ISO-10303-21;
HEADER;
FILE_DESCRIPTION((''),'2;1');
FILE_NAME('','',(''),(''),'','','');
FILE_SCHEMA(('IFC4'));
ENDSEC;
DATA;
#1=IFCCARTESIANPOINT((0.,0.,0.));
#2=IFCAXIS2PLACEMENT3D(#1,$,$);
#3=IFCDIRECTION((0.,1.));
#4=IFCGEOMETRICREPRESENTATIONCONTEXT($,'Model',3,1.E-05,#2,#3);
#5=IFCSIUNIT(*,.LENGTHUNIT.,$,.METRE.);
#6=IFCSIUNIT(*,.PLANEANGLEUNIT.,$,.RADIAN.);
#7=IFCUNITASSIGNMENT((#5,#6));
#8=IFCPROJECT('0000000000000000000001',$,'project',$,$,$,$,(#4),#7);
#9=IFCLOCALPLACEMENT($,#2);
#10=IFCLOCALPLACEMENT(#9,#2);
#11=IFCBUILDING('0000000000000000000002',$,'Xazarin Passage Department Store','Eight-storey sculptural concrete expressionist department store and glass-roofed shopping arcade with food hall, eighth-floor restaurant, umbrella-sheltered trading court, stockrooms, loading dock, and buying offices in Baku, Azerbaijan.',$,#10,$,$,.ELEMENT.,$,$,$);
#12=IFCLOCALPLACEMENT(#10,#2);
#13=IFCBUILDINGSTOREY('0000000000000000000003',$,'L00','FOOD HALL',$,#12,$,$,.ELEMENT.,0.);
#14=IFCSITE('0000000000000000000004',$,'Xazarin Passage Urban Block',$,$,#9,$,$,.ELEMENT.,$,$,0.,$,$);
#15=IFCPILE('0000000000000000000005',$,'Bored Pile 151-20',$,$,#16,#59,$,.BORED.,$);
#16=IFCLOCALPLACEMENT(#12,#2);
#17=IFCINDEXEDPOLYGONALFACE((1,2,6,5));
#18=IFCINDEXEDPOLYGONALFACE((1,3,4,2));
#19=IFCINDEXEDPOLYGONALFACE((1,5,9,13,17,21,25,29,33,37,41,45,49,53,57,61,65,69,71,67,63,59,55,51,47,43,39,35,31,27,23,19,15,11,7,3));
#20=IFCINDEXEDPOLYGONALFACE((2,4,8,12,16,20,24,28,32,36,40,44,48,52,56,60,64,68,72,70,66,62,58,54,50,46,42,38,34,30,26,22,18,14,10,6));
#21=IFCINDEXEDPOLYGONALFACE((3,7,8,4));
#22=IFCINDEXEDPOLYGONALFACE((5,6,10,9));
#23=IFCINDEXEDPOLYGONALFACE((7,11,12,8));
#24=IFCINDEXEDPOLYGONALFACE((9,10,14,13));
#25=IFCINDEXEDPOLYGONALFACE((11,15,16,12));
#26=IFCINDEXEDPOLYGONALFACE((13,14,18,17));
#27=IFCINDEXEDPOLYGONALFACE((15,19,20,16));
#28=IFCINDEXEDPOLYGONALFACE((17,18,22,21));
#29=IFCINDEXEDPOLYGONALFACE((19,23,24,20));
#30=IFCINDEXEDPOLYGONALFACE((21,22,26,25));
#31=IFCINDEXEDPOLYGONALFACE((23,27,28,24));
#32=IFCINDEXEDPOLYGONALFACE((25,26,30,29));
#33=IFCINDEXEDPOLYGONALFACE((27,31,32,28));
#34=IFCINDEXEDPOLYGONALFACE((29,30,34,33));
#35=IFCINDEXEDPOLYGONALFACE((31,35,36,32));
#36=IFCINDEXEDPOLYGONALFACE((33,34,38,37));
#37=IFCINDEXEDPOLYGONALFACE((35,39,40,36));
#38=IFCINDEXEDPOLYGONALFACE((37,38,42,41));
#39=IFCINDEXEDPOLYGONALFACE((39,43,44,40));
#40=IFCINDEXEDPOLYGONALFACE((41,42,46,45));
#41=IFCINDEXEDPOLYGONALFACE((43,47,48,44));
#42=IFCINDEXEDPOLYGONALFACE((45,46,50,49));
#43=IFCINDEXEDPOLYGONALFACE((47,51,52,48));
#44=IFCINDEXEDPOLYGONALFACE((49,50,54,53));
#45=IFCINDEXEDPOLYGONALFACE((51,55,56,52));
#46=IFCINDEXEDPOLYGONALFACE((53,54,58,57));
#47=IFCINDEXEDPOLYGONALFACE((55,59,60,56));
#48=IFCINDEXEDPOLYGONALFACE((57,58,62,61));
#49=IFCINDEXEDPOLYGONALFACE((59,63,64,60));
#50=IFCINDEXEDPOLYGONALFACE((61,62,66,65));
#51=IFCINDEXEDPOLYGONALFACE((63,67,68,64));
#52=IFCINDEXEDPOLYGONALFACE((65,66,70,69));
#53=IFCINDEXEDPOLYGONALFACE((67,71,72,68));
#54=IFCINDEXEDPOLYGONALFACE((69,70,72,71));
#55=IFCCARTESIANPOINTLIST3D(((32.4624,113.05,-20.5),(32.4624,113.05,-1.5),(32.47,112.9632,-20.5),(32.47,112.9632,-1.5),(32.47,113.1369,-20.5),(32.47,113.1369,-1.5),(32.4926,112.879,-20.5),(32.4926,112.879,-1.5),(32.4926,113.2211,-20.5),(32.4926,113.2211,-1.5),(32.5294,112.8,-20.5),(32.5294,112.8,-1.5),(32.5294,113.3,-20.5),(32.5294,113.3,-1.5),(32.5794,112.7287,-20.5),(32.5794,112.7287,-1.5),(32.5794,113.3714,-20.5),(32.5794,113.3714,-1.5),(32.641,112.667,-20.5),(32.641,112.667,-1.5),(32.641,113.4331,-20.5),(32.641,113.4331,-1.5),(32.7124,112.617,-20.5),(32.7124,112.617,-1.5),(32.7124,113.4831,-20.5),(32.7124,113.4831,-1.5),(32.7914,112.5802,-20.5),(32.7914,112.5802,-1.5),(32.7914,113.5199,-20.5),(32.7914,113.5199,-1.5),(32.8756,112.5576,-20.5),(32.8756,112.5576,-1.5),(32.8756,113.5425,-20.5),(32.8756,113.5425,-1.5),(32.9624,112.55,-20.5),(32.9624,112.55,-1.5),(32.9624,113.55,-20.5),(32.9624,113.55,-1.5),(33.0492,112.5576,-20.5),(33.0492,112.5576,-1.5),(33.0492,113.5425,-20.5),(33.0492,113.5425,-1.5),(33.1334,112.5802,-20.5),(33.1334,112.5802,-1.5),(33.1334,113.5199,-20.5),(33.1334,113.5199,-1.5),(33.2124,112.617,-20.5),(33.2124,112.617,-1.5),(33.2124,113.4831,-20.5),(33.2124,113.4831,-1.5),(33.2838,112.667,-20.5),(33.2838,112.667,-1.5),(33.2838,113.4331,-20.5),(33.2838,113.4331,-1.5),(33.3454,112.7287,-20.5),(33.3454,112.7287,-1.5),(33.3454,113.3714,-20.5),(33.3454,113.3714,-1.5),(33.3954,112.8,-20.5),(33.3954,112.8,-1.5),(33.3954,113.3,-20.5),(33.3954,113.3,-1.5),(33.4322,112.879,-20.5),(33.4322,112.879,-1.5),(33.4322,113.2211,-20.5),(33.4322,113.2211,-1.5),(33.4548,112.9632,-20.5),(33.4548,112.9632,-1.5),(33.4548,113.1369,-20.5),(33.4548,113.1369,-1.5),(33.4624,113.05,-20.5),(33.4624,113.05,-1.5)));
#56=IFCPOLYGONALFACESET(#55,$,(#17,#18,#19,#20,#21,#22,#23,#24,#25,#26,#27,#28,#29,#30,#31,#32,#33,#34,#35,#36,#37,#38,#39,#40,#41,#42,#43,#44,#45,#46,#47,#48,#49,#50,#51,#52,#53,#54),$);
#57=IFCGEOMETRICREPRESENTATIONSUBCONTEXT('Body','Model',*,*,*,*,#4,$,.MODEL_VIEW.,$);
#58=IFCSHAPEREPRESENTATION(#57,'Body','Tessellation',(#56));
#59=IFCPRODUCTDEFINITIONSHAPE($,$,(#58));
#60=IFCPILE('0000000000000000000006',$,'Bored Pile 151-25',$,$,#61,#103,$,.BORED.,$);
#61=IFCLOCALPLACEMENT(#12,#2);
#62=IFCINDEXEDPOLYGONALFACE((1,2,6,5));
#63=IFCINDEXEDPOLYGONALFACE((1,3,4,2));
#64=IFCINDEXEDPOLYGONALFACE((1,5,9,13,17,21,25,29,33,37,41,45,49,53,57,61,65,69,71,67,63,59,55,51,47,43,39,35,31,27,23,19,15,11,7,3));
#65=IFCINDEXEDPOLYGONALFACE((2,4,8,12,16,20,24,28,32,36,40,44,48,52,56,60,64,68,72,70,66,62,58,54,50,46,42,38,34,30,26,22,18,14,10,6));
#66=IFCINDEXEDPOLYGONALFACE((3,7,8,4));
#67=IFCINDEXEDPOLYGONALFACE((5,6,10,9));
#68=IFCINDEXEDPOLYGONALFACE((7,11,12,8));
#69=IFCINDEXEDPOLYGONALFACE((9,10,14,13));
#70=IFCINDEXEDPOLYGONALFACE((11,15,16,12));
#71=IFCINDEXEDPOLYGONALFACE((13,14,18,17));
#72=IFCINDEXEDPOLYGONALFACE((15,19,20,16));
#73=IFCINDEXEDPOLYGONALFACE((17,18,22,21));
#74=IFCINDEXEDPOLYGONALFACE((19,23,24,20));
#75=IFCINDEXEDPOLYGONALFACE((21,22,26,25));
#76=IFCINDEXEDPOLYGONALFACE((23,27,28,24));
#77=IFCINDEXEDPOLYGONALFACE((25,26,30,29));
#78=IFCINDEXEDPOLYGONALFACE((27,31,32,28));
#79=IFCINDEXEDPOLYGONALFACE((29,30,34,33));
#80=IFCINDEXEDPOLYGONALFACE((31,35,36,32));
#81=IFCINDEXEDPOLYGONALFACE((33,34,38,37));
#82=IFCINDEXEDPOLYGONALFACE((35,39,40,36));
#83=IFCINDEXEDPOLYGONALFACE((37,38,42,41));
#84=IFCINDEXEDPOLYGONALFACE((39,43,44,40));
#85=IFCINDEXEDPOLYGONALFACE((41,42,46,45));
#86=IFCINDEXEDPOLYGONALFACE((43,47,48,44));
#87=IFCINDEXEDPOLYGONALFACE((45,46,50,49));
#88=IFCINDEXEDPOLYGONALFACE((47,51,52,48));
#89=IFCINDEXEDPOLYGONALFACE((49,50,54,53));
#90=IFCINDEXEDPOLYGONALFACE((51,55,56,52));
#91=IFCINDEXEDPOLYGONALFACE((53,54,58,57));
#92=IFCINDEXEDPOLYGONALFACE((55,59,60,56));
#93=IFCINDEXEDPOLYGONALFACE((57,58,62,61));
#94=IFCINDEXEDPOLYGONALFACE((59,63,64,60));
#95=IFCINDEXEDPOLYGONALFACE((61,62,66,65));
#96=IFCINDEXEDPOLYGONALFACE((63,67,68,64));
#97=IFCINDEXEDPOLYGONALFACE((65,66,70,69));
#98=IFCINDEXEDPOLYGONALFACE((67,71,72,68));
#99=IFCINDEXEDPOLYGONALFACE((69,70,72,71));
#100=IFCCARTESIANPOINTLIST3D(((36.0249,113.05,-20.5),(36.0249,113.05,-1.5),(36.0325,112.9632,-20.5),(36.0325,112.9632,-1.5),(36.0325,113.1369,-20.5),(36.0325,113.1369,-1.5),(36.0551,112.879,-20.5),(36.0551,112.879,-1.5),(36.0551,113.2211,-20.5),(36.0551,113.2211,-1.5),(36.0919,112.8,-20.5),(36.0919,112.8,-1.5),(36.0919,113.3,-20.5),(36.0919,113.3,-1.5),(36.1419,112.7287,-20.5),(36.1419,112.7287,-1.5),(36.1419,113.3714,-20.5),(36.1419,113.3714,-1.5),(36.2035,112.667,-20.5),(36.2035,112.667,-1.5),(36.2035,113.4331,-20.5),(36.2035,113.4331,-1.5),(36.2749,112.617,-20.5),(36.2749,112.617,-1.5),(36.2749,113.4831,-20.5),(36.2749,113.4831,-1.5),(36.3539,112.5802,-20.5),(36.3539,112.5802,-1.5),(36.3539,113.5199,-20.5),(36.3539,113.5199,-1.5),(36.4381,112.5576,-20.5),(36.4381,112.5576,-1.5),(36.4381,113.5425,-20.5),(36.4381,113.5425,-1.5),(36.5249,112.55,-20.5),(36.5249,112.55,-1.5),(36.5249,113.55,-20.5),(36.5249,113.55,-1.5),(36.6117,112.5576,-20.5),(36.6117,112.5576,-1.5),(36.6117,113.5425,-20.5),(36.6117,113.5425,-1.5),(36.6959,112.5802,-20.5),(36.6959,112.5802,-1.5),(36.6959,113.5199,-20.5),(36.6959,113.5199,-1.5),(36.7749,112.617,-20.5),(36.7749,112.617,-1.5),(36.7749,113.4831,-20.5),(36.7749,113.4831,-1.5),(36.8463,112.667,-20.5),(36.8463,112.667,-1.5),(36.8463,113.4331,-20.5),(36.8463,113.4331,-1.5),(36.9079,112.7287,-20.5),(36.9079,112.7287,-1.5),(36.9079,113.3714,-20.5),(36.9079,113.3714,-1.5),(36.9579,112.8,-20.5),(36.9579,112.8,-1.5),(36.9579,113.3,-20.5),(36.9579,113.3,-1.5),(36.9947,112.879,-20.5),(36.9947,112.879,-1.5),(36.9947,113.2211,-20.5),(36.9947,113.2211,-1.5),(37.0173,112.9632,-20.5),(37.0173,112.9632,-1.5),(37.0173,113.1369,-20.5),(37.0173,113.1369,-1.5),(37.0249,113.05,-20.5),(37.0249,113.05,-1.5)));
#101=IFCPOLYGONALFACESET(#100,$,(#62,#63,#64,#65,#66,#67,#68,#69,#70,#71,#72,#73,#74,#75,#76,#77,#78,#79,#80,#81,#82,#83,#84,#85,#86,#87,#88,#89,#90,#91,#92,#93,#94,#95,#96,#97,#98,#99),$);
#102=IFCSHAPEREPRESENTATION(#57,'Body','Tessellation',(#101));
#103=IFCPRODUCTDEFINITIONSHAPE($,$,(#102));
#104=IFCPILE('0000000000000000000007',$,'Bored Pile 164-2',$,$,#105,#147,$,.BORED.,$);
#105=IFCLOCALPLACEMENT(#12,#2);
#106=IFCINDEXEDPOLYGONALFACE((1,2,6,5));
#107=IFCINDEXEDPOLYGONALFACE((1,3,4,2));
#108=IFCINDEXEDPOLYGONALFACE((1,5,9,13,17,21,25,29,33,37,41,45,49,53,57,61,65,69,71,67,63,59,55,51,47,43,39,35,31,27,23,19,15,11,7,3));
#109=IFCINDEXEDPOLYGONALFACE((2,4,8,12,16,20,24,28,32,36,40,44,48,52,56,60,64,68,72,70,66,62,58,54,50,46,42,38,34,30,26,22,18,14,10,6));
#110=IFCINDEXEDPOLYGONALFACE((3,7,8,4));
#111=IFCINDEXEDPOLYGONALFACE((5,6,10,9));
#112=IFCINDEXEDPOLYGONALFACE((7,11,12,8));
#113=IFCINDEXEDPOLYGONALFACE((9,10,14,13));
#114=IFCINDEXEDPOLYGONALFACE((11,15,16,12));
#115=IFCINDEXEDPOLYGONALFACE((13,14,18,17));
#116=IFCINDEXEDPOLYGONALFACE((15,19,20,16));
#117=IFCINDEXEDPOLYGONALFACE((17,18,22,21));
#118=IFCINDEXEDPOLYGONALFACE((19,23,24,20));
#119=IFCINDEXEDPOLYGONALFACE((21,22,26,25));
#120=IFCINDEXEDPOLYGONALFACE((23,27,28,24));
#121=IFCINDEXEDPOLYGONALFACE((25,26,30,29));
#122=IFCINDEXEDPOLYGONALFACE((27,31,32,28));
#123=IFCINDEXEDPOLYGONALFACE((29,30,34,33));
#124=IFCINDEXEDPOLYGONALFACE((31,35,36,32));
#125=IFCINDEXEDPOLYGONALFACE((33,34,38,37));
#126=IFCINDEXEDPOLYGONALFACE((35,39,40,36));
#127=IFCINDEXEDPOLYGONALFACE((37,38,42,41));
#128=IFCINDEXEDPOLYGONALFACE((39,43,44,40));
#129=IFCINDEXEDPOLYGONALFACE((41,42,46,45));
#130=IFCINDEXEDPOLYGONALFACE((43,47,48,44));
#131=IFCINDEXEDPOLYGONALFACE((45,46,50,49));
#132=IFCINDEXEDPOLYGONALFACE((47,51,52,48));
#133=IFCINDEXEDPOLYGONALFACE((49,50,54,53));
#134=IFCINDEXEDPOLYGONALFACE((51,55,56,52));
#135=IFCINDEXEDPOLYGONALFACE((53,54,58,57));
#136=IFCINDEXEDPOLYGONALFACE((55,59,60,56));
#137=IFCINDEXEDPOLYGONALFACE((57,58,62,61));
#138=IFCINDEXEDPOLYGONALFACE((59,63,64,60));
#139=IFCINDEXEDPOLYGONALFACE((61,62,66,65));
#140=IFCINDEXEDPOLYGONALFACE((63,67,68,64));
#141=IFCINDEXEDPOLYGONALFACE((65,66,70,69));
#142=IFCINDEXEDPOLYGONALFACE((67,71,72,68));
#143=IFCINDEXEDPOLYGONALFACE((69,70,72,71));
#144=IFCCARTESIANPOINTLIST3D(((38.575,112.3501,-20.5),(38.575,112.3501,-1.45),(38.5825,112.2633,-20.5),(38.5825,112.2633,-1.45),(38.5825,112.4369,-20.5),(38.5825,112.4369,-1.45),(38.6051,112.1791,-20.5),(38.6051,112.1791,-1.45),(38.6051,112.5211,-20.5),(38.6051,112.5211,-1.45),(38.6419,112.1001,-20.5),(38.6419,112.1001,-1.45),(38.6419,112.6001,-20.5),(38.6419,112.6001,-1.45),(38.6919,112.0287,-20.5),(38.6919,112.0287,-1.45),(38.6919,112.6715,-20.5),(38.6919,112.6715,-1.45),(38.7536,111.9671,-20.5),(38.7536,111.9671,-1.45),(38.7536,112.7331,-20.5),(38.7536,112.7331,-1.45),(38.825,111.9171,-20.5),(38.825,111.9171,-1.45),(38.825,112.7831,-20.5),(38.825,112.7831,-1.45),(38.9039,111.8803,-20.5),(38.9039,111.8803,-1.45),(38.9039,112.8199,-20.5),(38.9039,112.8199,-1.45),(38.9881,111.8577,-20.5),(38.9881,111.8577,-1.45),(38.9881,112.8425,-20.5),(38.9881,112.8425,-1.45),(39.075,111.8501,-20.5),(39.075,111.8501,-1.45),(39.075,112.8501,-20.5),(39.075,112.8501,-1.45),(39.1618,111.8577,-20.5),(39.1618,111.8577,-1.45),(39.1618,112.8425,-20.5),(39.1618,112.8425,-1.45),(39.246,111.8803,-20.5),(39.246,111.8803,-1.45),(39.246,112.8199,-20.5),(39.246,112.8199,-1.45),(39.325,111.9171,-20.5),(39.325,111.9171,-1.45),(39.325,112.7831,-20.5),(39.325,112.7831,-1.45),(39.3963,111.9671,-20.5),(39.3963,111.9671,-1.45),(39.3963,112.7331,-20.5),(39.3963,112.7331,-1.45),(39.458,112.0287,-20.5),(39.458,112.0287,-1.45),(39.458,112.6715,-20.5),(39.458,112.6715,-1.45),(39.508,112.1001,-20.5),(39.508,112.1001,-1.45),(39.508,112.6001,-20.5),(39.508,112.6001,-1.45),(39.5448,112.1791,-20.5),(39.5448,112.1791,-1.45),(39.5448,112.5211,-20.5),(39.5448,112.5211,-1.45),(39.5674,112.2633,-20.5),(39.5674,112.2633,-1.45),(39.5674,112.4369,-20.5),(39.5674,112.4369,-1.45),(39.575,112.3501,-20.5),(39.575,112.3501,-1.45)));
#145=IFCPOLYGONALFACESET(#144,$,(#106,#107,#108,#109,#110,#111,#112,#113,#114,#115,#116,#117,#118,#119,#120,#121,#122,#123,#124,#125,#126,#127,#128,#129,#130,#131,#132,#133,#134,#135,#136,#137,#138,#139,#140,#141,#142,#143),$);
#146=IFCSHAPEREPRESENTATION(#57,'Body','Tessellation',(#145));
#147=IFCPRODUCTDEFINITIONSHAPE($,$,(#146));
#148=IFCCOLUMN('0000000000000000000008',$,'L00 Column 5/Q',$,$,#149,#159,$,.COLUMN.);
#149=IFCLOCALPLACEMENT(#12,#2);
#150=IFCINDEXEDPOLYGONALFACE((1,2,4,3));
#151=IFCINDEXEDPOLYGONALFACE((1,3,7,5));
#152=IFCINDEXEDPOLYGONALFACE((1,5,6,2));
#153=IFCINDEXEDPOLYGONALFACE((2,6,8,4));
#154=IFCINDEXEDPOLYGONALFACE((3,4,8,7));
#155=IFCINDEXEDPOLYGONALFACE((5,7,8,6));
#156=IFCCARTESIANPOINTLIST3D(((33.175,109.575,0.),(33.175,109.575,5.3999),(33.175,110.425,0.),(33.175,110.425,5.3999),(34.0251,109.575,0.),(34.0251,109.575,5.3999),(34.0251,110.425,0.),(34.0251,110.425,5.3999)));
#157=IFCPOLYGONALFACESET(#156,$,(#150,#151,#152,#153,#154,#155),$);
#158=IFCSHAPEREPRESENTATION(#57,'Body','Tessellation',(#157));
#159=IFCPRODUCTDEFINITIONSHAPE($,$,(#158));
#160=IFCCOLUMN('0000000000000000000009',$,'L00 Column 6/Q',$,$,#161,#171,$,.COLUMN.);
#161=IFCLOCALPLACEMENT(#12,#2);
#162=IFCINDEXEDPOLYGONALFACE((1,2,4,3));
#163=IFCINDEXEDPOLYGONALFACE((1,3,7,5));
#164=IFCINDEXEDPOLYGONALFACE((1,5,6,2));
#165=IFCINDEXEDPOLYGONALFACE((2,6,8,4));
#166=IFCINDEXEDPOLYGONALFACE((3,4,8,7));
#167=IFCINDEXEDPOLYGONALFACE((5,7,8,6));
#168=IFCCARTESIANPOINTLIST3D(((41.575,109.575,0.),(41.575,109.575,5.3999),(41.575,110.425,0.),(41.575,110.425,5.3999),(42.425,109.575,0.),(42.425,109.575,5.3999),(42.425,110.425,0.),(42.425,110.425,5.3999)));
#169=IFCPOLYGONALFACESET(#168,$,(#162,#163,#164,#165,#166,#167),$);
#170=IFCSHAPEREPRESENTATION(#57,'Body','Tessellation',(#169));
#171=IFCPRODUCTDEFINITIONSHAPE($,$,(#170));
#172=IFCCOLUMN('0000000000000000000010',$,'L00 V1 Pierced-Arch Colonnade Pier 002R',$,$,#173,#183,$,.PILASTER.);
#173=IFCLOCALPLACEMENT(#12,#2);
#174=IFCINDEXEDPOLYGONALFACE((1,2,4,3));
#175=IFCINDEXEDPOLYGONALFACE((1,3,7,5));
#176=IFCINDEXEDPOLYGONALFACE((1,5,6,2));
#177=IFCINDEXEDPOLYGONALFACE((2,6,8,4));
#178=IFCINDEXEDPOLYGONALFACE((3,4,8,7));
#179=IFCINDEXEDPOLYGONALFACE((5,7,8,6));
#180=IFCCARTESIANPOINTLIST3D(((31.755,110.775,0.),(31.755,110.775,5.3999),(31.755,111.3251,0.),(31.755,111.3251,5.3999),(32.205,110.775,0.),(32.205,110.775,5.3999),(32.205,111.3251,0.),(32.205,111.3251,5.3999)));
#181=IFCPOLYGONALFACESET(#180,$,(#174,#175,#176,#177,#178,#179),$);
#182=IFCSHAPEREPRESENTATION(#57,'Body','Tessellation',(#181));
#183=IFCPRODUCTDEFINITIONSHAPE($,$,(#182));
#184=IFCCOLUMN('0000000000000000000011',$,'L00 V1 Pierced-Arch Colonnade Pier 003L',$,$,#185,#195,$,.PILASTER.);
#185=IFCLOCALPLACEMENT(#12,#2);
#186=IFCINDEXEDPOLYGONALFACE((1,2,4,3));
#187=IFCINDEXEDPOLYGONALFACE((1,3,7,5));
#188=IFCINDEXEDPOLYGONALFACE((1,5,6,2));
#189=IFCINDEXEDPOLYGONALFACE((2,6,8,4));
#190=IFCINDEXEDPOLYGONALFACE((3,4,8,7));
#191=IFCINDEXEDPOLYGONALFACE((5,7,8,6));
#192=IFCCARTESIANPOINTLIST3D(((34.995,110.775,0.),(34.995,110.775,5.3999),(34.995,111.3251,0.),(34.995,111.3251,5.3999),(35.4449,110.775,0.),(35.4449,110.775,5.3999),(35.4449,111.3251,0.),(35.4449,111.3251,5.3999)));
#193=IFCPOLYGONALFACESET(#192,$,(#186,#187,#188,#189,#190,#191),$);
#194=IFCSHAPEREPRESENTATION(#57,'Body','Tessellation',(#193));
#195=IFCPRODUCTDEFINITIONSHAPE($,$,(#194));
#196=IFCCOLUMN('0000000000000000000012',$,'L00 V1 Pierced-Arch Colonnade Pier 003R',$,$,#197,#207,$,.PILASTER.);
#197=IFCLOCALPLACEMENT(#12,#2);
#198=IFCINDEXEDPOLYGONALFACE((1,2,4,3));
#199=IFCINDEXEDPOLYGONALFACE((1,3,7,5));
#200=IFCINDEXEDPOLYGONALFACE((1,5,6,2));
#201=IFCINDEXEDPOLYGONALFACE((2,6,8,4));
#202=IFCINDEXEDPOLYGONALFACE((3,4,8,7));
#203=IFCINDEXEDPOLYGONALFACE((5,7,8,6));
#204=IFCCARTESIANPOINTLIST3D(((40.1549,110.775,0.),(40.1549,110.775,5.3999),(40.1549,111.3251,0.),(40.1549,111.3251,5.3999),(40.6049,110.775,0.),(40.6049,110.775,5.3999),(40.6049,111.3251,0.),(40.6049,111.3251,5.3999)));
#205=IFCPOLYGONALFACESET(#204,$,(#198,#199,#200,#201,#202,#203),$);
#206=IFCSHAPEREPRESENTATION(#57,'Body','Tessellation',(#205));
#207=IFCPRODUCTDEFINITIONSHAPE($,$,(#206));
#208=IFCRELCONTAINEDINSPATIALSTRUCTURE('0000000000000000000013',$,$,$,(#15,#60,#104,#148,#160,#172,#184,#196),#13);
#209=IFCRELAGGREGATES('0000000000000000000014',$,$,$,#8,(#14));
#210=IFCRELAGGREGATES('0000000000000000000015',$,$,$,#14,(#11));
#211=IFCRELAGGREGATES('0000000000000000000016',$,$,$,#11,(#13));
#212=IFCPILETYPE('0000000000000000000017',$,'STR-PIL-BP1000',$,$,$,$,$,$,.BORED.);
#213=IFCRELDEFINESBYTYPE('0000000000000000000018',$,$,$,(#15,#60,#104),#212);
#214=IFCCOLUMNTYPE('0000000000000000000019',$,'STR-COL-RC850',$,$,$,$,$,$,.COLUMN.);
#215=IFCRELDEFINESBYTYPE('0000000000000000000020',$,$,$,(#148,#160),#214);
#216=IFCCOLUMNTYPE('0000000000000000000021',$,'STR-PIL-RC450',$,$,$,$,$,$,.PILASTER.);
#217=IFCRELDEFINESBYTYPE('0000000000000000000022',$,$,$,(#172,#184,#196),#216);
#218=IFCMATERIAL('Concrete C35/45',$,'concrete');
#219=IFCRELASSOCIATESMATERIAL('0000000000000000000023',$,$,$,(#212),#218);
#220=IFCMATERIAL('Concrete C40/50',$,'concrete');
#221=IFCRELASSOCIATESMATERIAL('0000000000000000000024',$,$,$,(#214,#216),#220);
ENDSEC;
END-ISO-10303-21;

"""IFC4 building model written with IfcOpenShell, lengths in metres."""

from ifc_helpers import new_model, si_unit, direction, frame, origin, origin_2d, place, context, subcontext, project, spatial, rectangle, circle, extrude, material, material_profile, profile_set, type_object, element, save


model = new_model("IFC4")

# Units and contexts
model_context = context("Model", 3, precision=1e-05, world=origin(), true_north=direction((0.0, 1.0)))
body_context = subcontext(model_context, "Body", "Model", "MODEL_VIEW")
ifc_project = project(units=[si_unit("LENGTHUNIT", "METRE"), si_unit("PLANEANGLEUNIT", "RADIAN")], contexts=[model_context])

# Site, building, storey
site_placement = place(None, origin())
site = spatial("IfcSite", under=ifc_project, at=site_placement, Name="Xazarin Passage Urban Block", CompositionType="ELEMENT", RefElevation=0.0)
building_placement = place(site_placement, origin())
building = spatial("IfcBuilding", under=site, at=building_placement, Name="Xazarin Passage Department Store", Description="Eight-storey sculptural concrete expressionist department store and glass-roofed shopping arcade with food hall, eighth-floor restaurant, umbrella-sheltered trading court, stockrooms, loading dock, and buying offices in Baku, Azerbaijan.", CompositionType="ELEMENT")
storey_placement = place(building_placement, origin())
storey = spatial("IfcBuildingStorey", under=building, at=storey_placement, Name="L00", Description="FOOD HALL", CompositionType="ELEMENT", Elevation=0.0)

# Piles
ifc_material_1 = material(Name="Concrete C35/45", Category="concrete")
ifc_material_profile_1 = material_profile(ifc_material_1, circle(Radius=0.5, at=origin_2d()), Name="BP 1000")
ifc_profile_set_1 = profile_set([ifc_material_profile_1], Name="Concrete C35/45")
pile_type = type_object("IfcPileType", Name="STR-PIL-BP1000", PredefinedType="BORED", material=ifc_profile_set_1)
for number, where, z_axis, x_axis, name in (
    (1, (32.9624, 113.05, -1.5), (0.0, 0.0, -1.0), (1.0, 0.0, 0.0), "Bored Pile 151-20"),
    (2, (36.5249, 113.05, -1.5), (0.0, 0.0, -1.0), (1.0, 0.0, 0.0), "Bored Pile 151-25"),
):
    element("IfcPile", number, at=place(storey_placement, frame(where, z_axis=z_axis, x_axis=x_axis)), inside=storey, type_object=pile_type, Name=name, PredefinedType="BORED", context=body_context, shape_type="SweptSolid", body=[
        extrude(circle(Radius=0.5, at=origin_2d()), origin(), (0.0, 0.0, 1.0), 19.0),
    ])
pile_placement = place(storey_placement, frame((39.075, 112.3501, -1.45), z_axis=(0.0, 0.0, -1.0), x_axis=(1.0, 0.0, 0.0)))
element("IfcPile", 3, at=pile_placement, inside=storey, type_object=pile_type, Name="Bored Pile 164-2", PredefinedType="BORED", context=body_context, shape_type="SweptSolid", body=[
    extrude(circle(Radius=0.5, at=origin_2d()), origin(), (0.0, 0.0, 1.0), 19.05),
])

# Columns
ifc_material_2 = material(Name="Concrete C40/50", Category="concrete")
ifc_material_profile_2 = material_profile(ifc_material_2, rectangle(XDim=0.8501, YDim=0.8501, at=origin_2d()), Name="RC 850x850")
ifc_profile_set_2 = profile_set([ifc_material_profile_2], Name="Concrete C40/50")
column_type_1 = type_object("IfcColumnType", Name="STR-COL-RC850", PredefinedType="COLUMN", material=ifc_profile_set_2)
for number, where, z_axis, x_axis, name in (
    (4, (33.6001, 110.0, 0.0), (0.0, 0.0, 1.0), (1.0, 0.0, 0.0), "L00 Column 5/Q"),
    (5, (42.0, 110.0, 0.0), (0.0, 0.0, 1.0), (1.0, 0.0, 0.0), "L00 Column 6/Q"),
):
    element("IfcColumn", number, at=place(storey_placement, frame(where, z_axis=z_axis, x_axis=x_axis)), inside=storey, type_object=column_type_1, Name=name, PredefinedType="COLUMN", context=body_context, shape_type="SweptSolid", body=[
        extrude(rectangle(XDim=0.8501, YDim=0.8501, at=origin_2d()), origin(), (0.0, 0.0, 1.0), 5.3999),
    ])
ifc_material_profile_3 = material_profile(ifc_material_2, rectangle(XDim=0.45, YDim=0.55, at=origin_2d()), Name="RC 450x550")
ifc_profile_set_3 = profile_set([ifc_material_profile_3], Name="Concrete C40/50")
column_type_2 = type_object("IfcColumnType", Name="STR-PIL-RC450", PredefinedType="PILASTER", material=ifc_profile_set_3)
for number, where, z_axis, x_axis, name in (
    (6, (31.98, 111.05, 0.0), (0.0, 0.0, 1.0), (1.0, 0.0, 0.0), "L00 V1 Pierced-Arch Colonnade Pier 002R"),
    (7, (35.22, 111.05, 0.0), (0.0, 0.0, 1.0), (1.0, 0.0, 0.0), "L00 V1 Pierced-Arch Colonnade Pier 003L"),
    (8, (40.3799, 111.05, 0.0), (0.0, 0.0, 1.0), (1.0, 0.0, 0.0), "L00 V1 Pierced-Arch Colonnade Pier 003R"),
):
    element("IfcColumn", number, at=place(storey_placement, frame(where, z_axis=z_axis, x_axis=x_axis)), inside=storey, type_object=column_type_2, Name=name, PredefinedType="PILASTER", context=body_context, shape_type="SweptSolid", body=[
        extrude(rectangle(XDim=0.45, YDim=0.55, at=origin_2d()), origin(), (0.0, 0.0, 1.0), 5.3999),
    ])

save(model, "model.ifc")
